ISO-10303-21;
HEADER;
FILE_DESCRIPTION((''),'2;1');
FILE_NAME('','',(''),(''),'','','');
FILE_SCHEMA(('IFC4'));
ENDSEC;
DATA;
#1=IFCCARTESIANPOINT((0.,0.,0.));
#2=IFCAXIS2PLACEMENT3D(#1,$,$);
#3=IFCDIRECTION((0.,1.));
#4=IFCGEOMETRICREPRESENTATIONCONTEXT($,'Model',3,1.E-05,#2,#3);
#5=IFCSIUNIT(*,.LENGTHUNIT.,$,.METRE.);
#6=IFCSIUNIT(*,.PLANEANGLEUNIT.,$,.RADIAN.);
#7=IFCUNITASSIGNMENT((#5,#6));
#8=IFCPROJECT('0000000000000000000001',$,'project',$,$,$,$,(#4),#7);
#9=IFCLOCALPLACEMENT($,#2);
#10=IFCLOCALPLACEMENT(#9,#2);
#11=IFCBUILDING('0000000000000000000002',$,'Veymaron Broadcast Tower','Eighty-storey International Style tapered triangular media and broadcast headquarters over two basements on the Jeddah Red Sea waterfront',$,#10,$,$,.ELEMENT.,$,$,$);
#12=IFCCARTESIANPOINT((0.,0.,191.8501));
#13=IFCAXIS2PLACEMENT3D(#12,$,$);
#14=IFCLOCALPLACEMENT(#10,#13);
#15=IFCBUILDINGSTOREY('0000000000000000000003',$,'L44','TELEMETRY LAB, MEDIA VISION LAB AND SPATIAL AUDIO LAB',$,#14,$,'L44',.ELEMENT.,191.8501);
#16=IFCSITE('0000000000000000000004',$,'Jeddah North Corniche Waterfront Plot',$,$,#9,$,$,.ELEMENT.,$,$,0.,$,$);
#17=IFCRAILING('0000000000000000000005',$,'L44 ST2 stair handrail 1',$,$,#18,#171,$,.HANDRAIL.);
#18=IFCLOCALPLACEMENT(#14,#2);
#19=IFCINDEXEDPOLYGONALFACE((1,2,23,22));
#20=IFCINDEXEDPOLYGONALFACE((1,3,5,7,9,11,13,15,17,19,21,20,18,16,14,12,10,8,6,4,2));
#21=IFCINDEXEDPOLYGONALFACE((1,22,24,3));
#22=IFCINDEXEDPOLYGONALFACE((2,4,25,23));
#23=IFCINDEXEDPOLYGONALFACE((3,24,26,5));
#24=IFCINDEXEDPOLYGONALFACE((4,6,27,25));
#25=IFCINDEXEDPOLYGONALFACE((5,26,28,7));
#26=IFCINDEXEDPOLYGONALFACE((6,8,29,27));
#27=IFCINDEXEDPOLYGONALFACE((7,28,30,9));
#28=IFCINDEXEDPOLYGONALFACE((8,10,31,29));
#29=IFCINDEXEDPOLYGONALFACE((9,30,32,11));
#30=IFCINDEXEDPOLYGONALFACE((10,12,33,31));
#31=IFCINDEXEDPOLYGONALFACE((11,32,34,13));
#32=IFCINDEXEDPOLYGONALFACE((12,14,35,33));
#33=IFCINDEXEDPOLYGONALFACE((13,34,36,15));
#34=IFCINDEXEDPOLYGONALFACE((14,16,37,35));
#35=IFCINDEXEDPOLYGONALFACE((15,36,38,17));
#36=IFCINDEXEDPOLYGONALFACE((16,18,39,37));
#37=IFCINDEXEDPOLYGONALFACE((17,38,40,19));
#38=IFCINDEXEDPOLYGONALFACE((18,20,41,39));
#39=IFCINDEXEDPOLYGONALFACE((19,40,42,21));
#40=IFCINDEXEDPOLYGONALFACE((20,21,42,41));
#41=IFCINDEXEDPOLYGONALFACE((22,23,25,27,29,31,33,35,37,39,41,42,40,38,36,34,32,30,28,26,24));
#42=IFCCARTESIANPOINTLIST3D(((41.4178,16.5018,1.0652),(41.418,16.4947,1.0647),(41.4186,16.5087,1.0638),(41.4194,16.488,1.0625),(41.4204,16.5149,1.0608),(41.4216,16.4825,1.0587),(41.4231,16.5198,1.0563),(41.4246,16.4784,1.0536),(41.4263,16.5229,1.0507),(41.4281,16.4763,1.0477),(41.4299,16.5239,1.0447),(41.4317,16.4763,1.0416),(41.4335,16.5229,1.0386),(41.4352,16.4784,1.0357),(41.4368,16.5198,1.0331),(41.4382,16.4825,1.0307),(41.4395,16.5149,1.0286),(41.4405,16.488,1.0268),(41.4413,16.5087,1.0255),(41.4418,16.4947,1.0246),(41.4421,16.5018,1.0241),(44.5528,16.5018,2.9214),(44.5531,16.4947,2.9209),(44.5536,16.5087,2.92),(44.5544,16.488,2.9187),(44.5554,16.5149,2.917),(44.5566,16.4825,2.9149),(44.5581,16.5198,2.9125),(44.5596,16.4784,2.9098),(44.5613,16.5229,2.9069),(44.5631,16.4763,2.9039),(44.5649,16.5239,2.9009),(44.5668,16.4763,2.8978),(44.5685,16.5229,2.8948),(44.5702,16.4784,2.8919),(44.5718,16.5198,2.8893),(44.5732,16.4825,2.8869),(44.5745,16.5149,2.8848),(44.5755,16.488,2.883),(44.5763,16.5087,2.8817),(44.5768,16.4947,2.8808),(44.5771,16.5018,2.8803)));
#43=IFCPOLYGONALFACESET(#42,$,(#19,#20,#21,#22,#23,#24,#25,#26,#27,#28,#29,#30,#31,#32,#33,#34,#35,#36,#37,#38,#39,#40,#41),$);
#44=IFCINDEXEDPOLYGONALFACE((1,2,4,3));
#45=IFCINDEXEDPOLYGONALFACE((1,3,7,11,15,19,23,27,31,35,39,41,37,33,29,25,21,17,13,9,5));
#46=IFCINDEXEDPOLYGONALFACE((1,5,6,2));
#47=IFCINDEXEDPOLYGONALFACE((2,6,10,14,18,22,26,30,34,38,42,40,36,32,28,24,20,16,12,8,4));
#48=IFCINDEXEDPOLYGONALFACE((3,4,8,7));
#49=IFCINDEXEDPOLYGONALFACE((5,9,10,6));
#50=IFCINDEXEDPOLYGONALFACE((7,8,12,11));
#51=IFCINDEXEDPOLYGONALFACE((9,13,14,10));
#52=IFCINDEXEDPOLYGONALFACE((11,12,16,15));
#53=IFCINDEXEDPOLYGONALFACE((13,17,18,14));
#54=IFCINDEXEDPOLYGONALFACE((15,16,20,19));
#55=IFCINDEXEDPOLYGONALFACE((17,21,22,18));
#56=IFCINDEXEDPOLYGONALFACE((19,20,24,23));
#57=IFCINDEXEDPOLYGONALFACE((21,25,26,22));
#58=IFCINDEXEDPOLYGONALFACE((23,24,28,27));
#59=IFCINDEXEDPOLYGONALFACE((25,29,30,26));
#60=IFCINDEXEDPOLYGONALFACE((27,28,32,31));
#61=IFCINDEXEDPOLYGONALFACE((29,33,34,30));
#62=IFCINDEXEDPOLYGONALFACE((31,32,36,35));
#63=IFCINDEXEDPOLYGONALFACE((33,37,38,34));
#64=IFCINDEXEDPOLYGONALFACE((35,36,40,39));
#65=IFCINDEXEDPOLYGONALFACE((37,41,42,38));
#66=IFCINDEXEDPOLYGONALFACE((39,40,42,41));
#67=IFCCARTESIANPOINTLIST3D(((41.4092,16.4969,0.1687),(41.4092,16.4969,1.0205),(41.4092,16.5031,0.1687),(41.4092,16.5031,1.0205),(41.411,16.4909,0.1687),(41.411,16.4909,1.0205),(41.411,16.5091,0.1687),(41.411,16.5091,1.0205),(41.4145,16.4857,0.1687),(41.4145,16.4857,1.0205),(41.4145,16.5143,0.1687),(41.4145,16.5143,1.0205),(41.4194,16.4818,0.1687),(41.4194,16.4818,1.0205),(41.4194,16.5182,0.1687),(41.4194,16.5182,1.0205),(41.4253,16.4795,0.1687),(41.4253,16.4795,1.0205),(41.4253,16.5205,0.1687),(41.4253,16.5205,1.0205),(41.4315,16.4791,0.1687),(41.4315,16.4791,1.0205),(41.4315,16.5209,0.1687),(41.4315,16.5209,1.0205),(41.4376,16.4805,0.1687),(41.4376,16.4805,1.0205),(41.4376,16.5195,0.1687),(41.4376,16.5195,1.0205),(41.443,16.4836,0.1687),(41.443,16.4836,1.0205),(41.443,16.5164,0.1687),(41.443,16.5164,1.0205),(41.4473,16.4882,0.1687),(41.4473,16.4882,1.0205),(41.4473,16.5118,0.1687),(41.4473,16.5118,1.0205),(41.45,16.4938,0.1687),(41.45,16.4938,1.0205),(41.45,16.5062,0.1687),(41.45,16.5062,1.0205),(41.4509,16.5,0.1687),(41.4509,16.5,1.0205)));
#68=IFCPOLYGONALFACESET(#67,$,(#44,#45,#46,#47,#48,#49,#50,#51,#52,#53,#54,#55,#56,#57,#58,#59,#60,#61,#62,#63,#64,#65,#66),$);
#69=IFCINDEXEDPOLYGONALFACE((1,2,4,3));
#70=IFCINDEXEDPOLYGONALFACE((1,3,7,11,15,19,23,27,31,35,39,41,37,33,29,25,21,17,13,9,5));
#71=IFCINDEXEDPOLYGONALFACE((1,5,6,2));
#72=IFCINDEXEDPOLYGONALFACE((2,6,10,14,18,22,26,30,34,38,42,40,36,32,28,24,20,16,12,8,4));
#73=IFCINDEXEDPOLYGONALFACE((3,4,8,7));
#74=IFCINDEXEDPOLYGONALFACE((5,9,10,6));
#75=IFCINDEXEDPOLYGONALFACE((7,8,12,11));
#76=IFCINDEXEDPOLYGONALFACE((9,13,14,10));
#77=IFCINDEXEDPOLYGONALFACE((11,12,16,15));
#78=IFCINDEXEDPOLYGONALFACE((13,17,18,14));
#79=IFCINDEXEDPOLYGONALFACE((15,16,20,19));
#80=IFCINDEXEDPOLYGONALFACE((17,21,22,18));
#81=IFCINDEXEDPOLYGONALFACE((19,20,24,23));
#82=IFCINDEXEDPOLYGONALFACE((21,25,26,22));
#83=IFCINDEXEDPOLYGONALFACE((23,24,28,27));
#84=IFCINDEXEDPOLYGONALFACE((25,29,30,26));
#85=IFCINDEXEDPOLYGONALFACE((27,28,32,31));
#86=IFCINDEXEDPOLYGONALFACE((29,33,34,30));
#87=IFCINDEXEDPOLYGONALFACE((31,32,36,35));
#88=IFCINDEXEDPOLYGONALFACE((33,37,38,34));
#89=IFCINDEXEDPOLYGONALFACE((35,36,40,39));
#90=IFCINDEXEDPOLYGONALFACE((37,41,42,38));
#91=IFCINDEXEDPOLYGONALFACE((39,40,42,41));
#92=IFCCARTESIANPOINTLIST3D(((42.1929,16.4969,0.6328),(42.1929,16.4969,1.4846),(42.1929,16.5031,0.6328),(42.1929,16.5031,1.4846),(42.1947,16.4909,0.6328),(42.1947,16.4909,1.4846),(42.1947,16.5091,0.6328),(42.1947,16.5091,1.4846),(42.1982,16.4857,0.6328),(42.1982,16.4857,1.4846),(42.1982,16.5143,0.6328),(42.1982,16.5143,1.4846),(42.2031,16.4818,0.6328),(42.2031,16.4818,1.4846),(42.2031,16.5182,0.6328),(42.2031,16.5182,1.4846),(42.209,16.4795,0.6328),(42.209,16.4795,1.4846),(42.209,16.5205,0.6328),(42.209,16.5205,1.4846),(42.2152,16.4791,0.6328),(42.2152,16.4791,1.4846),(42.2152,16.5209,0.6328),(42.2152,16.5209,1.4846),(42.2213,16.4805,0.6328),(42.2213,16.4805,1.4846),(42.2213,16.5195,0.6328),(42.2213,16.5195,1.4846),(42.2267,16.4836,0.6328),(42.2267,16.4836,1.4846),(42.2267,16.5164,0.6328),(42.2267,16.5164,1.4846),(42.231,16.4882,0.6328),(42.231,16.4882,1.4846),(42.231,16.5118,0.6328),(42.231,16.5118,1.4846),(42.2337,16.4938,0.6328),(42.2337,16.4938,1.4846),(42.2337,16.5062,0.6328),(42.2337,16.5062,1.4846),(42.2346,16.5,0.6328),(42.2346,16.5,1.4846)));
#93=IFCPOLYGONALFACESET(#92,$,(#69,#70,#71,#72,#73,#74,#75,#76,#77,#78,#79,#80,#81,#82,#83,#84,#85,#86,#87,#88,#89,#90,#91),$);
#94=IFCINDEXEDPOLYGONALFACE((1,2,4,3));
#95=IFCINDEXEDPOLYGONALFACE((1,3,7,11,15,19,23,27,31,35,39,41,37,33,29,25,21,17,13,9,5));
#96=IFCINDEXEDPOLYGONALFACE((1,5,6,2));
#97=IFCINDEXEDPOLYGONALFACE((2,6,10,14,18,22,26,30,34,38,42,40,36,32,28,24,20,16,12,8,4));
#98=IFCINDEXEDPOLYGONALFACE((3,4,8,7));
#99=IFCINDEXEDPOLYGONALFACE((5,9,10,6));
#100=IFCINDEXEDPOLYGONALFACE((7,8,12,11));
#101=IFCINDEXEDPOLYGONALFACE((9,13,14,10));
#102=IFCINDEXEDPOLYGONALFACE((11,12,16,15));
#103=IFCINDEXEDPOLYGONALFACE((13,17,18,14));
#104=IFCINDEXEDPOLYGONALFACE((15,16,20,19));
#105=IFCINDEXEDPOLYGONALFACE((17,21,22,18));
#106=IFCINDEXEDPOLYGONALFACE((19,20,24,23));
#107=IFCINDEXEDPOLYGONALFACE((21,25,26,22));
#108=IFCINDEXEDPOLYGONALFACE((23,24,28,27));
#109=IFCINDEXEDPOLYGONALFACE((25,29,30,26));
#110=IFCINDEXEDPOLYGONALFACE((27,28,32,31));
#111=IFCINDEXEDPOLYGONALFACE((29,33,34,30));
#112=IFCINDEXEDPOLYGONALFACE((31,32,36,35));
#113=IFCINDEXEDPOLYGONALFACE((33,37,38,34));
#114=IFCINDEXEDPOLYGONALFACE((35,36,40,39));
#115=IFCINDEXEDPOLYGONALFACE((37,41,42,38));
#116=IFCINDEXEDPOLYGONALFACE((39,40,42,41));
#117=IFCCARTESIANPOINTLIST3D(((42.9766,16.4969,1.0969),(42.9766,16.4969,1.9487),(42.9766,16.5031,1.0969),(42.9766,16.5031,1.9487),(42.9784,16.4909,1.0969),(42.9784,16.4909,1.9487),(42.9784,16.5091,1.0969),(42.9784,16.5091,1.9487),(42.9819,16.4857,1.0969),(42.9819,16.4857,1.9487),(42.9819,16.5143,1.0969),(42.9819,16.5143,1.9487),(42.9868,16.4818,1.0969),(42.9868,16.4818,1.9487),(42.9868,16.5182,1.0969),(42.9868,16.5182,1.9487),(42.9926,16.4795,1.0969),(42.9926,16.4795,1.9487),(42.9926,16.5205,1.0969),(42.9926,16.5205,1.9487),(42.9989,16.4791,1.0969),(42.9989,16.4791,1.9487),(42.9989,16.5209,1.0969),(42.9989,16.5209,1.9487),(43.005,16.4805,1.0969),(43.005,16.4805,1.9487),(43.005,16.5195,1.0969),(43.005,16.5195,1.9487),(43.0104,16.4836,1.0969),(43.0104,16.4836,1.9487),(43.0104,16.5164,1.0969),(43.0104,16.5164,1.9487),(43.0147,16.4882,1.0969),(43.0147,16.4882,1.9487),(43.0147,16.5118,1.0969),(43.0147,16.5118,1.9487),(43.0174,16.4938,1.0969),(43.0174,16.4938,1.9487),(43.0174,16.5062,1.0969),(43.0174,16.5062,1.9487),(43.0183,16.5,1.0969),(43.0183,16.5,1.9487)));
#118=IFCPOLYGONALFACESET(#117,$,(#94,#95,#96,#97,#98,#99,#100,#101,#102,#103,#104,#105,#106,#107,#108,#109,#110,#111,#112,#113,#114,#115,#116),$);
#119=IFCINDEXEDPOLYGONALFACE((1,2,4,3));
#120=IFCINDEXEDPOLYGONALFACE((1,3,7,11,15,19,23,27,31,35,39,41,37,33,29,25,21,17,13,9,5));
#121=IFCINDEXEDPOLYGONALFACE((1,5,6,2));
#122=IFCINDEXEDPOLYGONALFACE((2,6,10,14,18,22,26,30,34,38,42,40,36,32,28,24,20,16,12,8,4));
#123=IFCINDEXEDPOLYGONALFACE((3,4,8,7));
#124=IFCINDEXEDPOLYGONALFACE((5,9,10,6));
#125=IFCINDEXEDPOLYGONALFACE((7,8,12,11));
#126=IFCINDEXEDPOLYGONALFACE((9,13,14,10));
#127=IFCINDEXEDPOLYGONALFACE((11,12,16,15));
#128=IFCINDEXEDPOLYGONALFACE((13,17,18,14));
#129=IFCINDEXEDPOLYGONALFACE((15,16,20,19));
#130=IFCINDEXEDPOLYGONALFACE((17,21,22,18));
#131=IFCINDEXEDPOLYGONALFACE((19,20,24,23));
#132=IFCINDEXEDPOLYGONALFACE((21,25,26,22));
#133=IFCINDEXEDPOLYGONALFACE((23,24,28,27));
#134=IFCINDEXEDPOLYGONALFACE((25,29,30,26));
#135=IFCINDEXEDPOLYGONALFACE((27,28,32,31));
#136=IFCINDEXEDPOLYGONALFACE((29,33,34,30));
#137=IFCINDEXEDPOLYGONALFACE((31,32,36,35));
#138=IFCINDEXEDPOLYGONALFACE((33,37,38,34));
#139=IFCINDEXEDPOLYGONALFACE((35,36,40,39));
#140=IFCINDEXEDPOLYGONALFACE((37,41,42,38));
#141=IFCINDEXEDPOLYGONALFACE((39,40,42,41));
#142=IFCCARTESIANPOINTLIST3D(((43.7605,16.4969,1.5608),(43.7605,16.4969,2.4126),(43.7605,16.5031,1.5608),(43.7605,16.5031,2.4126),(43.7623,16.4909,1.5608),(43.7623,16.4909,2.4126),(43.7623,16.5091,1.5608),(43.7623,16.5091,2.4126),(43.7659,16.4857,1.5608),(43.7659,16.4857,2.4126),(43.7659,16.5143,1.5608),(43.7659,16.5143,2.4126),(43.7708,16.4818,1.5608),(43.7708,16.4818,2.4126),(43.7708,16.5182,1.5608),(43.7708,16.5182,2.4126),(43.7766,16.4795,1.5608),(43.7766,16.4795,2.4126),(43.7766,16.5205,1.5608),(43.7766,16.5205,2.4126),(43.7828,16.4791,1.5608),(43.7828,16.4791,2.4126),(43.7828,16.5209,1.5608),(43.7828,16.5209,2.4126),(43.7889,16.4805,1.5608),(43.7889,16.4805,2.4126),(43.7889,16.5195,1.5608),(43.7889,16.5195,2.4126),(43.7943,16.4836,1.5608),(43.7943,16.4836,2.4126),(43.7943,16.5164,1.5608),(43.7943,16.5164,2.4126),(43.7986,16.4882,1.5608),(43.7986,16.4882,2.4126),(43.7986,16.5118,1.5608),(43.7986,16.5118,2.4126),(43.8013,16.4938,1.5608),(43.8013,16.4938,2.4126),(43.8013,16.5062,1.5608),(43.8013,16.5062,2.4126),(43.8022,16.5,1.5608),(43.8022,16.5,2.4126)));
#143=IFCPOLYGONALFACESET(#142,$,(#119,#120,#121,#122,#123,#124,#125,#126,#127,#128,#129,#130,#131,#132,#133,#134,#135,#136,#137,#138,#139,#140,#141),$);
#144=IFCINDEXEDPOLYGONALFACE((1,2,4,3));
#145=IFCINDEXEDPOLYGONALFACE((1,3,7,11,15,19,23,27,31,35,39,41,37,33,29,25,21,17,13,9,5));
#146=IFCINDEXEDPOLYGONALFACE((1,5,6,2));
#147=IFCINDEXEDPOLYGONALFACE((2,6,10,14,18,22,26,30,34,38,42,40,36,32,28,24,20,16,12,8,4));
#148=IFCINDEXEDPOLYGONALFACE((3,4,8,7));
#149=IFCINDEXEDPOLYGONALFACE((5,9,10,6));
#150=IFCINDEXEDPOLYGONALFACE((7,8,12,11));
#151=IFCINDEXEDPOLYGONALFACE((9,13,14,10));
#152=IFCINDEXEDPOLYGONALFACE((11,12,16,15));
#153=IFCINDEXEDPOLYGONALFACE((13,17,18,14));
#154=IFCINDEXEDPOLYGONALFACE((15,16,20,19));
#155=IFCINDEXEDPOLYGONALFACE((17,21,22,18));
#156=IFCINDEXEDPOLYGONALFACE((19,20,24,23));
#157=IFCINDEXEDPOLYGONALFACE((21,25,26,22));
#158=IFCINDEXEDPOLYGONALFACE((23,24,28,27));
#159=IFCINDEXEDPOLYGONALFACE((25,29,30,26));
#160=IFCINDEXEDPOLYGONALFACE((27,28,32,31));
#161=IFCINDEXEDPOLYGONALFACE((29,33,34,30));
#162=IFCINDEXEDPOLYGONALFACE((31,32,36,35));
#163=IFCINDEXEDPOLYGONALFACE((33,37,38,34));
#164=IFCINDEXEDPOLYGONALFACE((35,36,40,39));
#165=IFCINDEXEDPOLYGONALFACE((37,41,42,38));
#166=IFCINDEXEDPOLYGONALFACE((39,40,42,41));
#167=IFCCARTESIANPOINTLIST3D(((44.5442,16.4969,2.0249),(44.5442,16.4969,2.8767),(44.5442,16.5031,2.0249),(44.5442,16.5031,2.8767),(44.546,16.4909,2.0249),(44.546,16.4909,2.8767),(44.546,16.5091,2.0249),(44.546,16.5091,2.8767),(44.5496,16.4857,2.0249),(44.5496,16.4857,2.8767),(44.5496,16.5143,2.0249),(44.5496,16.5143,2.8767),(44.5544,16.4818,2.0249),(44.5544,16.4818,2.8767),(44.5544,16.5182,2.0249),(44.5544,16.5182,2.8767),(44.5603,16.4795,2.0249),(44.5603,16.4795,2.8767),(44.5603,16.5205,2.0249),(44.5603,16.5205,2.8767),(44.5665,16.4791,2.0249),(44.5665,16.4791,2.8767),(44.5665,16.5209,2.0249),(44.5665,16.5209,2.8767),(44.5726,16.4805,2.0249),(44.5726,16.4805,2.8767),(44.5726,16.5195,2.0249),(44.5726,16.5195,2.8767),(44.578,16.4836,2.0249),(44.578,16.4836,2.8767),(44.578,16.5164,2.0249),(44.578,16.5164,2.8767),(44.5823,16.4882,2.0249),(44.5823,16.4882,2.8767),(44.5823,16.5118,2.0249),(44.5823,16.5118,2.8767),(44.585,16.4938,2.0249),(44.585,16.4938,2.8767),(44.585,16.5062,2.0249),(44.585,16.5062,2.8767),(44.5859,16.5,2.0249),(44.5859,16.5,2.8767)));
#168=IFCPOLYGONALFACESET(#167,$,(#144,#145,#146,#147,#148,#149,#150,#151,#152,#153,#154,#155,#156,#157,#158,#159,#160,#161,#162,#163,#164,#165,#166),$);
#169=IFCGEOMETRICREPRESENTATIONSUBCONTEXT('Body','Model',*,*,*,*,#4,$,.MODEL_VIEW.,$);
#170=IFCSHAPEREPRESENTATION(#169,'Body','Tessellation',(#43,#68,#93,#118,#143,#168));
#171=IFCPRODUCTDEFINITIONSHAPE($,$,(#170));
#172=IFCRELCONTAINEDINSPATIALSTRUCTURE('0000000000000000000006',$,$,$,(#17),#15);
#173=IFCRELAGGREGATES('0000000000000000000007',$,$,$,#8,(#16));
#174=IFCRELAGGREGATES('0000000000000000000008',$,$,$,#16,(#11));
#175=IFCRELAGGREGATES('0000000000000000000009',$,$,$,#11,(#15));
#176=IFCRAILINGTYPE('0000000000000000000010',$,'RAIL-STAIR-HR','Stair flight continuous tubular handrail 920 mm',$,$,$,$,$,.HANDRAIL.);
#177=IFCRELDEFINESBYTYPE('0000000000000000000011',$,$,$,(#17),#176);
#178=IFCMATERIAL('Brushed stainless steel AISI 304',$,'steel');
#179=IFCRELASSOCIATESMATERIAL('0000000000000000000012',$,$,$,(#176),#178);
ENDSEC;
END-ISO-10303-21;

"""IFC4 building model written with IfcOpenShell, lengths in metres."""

from ifc_helpers import new_model, si_unit, direction, frame, origin, origin_2d, place, context, subcontext, project, spatial, circle, extrude, material, type_object, element, save


model = new_model("IFC4")

# Units and contexts
model_context = context("Model", 3, precision=1e-05, world=origin(), true_north=direction((0.0, 1.0)))
body_context = subcontext(model_context, "Body", "Model", "MODEL_VIEW")
ifc_project = project(units=[si_unit("LENGTHUNIT", "METRE"), si_unit("PLANEANGLEUNIT", "RADIAN")], contexts=[model_context])

# Site, building, storey
site_placement = place(None, origin())
site = spatial("IfcSite", under=ifc_project, at=site_placement, Name="Jeddah North Corniche Waterfront Plot", CompositionType="ELEMENT", RefElevation=0.0)
building_placement = place(site_placement, origin())
building = spatial("IfcBuilding", under=site, at=building_placement, Name="Veymaron Broadcast Tower", Description="Eighty-storey International Style tapered triangular media and broadcast headquarters over two basements on the Jeddah Red Sea waterfront", CompositionType="ELEMENT")
storey_placement = place(building_placement, frame((0.0, 0.0, 191.8501)))
storey = spatial("IfcBuildingStorey", under=building, at=storey_placement, Name="L44", Description="TELEMETRY LAB, MEDIA VISION LAB AND SPATIAL AUDIO LAB", LongName="L44", CompositionType="ELEMENT", Elevation=191.8501)

# Shared definitions
ifc_material_1 = material(Name="Brushed stainless steel AISI 304", Category="steel")

# Railing
railing_type_1 = type_object("IfcRailingType", Name="RAIL-STAIR-HR", Description="Stair flight continuous tubular handrail 920 mm", PredefinedType="HANDRAIL", material=ifc_material_1)
railing_1_placement = place(storey_placement, frame((41.4299, 16.5, 0.1687)))
element("IfcRailing", 1, at=railing_1_placement, inside=storey, type_object=railing_type_1, Name="L44 ST2 stair handrail 1", PredefinedType="HANDRAIL", context=body_context, shape_type="SweptSolid", body=[
    extrude(circle(Radius=0.0239, at=origin_2d()), frame((0.0, 0.0, 0.876), z_axis=(0.860482, 0.0, 0.509481), x_axis=(0.0, 1.0, 0.0)), (0.0, 0.0, 1.0), 3.6433),
    extrude(circle(Radius=0.021, at=origin_2d()), origin(), (0.0, 0.0, 1.0), 0.8518),
    extrude(circle(Radius=0.021, at=origin_2d()), frame((0.7837, 0.0, 0.4641)), (0.0, 0.0, 1.0), 0.8518),
    extrude(circle(Radius=0.021, at=origin_2d()), frame((1.5674, 0.0, 0.9282)), (0.0, 0.0, 1.0), 0.8518),
    extrude(circle(Radius=0.021, at=origin_2d()), frame((2.3513, 0.0, 1.3921)), (0.0, 0.0, 1.0), 0.8518),
    extrude(circle(Radius=0.021, at=origin_2d()), frame((3.135, 0.0, 1.8562)), (0.0, 0.0, 1.0), 0.8518),
])

save(model, "model.ifc")
